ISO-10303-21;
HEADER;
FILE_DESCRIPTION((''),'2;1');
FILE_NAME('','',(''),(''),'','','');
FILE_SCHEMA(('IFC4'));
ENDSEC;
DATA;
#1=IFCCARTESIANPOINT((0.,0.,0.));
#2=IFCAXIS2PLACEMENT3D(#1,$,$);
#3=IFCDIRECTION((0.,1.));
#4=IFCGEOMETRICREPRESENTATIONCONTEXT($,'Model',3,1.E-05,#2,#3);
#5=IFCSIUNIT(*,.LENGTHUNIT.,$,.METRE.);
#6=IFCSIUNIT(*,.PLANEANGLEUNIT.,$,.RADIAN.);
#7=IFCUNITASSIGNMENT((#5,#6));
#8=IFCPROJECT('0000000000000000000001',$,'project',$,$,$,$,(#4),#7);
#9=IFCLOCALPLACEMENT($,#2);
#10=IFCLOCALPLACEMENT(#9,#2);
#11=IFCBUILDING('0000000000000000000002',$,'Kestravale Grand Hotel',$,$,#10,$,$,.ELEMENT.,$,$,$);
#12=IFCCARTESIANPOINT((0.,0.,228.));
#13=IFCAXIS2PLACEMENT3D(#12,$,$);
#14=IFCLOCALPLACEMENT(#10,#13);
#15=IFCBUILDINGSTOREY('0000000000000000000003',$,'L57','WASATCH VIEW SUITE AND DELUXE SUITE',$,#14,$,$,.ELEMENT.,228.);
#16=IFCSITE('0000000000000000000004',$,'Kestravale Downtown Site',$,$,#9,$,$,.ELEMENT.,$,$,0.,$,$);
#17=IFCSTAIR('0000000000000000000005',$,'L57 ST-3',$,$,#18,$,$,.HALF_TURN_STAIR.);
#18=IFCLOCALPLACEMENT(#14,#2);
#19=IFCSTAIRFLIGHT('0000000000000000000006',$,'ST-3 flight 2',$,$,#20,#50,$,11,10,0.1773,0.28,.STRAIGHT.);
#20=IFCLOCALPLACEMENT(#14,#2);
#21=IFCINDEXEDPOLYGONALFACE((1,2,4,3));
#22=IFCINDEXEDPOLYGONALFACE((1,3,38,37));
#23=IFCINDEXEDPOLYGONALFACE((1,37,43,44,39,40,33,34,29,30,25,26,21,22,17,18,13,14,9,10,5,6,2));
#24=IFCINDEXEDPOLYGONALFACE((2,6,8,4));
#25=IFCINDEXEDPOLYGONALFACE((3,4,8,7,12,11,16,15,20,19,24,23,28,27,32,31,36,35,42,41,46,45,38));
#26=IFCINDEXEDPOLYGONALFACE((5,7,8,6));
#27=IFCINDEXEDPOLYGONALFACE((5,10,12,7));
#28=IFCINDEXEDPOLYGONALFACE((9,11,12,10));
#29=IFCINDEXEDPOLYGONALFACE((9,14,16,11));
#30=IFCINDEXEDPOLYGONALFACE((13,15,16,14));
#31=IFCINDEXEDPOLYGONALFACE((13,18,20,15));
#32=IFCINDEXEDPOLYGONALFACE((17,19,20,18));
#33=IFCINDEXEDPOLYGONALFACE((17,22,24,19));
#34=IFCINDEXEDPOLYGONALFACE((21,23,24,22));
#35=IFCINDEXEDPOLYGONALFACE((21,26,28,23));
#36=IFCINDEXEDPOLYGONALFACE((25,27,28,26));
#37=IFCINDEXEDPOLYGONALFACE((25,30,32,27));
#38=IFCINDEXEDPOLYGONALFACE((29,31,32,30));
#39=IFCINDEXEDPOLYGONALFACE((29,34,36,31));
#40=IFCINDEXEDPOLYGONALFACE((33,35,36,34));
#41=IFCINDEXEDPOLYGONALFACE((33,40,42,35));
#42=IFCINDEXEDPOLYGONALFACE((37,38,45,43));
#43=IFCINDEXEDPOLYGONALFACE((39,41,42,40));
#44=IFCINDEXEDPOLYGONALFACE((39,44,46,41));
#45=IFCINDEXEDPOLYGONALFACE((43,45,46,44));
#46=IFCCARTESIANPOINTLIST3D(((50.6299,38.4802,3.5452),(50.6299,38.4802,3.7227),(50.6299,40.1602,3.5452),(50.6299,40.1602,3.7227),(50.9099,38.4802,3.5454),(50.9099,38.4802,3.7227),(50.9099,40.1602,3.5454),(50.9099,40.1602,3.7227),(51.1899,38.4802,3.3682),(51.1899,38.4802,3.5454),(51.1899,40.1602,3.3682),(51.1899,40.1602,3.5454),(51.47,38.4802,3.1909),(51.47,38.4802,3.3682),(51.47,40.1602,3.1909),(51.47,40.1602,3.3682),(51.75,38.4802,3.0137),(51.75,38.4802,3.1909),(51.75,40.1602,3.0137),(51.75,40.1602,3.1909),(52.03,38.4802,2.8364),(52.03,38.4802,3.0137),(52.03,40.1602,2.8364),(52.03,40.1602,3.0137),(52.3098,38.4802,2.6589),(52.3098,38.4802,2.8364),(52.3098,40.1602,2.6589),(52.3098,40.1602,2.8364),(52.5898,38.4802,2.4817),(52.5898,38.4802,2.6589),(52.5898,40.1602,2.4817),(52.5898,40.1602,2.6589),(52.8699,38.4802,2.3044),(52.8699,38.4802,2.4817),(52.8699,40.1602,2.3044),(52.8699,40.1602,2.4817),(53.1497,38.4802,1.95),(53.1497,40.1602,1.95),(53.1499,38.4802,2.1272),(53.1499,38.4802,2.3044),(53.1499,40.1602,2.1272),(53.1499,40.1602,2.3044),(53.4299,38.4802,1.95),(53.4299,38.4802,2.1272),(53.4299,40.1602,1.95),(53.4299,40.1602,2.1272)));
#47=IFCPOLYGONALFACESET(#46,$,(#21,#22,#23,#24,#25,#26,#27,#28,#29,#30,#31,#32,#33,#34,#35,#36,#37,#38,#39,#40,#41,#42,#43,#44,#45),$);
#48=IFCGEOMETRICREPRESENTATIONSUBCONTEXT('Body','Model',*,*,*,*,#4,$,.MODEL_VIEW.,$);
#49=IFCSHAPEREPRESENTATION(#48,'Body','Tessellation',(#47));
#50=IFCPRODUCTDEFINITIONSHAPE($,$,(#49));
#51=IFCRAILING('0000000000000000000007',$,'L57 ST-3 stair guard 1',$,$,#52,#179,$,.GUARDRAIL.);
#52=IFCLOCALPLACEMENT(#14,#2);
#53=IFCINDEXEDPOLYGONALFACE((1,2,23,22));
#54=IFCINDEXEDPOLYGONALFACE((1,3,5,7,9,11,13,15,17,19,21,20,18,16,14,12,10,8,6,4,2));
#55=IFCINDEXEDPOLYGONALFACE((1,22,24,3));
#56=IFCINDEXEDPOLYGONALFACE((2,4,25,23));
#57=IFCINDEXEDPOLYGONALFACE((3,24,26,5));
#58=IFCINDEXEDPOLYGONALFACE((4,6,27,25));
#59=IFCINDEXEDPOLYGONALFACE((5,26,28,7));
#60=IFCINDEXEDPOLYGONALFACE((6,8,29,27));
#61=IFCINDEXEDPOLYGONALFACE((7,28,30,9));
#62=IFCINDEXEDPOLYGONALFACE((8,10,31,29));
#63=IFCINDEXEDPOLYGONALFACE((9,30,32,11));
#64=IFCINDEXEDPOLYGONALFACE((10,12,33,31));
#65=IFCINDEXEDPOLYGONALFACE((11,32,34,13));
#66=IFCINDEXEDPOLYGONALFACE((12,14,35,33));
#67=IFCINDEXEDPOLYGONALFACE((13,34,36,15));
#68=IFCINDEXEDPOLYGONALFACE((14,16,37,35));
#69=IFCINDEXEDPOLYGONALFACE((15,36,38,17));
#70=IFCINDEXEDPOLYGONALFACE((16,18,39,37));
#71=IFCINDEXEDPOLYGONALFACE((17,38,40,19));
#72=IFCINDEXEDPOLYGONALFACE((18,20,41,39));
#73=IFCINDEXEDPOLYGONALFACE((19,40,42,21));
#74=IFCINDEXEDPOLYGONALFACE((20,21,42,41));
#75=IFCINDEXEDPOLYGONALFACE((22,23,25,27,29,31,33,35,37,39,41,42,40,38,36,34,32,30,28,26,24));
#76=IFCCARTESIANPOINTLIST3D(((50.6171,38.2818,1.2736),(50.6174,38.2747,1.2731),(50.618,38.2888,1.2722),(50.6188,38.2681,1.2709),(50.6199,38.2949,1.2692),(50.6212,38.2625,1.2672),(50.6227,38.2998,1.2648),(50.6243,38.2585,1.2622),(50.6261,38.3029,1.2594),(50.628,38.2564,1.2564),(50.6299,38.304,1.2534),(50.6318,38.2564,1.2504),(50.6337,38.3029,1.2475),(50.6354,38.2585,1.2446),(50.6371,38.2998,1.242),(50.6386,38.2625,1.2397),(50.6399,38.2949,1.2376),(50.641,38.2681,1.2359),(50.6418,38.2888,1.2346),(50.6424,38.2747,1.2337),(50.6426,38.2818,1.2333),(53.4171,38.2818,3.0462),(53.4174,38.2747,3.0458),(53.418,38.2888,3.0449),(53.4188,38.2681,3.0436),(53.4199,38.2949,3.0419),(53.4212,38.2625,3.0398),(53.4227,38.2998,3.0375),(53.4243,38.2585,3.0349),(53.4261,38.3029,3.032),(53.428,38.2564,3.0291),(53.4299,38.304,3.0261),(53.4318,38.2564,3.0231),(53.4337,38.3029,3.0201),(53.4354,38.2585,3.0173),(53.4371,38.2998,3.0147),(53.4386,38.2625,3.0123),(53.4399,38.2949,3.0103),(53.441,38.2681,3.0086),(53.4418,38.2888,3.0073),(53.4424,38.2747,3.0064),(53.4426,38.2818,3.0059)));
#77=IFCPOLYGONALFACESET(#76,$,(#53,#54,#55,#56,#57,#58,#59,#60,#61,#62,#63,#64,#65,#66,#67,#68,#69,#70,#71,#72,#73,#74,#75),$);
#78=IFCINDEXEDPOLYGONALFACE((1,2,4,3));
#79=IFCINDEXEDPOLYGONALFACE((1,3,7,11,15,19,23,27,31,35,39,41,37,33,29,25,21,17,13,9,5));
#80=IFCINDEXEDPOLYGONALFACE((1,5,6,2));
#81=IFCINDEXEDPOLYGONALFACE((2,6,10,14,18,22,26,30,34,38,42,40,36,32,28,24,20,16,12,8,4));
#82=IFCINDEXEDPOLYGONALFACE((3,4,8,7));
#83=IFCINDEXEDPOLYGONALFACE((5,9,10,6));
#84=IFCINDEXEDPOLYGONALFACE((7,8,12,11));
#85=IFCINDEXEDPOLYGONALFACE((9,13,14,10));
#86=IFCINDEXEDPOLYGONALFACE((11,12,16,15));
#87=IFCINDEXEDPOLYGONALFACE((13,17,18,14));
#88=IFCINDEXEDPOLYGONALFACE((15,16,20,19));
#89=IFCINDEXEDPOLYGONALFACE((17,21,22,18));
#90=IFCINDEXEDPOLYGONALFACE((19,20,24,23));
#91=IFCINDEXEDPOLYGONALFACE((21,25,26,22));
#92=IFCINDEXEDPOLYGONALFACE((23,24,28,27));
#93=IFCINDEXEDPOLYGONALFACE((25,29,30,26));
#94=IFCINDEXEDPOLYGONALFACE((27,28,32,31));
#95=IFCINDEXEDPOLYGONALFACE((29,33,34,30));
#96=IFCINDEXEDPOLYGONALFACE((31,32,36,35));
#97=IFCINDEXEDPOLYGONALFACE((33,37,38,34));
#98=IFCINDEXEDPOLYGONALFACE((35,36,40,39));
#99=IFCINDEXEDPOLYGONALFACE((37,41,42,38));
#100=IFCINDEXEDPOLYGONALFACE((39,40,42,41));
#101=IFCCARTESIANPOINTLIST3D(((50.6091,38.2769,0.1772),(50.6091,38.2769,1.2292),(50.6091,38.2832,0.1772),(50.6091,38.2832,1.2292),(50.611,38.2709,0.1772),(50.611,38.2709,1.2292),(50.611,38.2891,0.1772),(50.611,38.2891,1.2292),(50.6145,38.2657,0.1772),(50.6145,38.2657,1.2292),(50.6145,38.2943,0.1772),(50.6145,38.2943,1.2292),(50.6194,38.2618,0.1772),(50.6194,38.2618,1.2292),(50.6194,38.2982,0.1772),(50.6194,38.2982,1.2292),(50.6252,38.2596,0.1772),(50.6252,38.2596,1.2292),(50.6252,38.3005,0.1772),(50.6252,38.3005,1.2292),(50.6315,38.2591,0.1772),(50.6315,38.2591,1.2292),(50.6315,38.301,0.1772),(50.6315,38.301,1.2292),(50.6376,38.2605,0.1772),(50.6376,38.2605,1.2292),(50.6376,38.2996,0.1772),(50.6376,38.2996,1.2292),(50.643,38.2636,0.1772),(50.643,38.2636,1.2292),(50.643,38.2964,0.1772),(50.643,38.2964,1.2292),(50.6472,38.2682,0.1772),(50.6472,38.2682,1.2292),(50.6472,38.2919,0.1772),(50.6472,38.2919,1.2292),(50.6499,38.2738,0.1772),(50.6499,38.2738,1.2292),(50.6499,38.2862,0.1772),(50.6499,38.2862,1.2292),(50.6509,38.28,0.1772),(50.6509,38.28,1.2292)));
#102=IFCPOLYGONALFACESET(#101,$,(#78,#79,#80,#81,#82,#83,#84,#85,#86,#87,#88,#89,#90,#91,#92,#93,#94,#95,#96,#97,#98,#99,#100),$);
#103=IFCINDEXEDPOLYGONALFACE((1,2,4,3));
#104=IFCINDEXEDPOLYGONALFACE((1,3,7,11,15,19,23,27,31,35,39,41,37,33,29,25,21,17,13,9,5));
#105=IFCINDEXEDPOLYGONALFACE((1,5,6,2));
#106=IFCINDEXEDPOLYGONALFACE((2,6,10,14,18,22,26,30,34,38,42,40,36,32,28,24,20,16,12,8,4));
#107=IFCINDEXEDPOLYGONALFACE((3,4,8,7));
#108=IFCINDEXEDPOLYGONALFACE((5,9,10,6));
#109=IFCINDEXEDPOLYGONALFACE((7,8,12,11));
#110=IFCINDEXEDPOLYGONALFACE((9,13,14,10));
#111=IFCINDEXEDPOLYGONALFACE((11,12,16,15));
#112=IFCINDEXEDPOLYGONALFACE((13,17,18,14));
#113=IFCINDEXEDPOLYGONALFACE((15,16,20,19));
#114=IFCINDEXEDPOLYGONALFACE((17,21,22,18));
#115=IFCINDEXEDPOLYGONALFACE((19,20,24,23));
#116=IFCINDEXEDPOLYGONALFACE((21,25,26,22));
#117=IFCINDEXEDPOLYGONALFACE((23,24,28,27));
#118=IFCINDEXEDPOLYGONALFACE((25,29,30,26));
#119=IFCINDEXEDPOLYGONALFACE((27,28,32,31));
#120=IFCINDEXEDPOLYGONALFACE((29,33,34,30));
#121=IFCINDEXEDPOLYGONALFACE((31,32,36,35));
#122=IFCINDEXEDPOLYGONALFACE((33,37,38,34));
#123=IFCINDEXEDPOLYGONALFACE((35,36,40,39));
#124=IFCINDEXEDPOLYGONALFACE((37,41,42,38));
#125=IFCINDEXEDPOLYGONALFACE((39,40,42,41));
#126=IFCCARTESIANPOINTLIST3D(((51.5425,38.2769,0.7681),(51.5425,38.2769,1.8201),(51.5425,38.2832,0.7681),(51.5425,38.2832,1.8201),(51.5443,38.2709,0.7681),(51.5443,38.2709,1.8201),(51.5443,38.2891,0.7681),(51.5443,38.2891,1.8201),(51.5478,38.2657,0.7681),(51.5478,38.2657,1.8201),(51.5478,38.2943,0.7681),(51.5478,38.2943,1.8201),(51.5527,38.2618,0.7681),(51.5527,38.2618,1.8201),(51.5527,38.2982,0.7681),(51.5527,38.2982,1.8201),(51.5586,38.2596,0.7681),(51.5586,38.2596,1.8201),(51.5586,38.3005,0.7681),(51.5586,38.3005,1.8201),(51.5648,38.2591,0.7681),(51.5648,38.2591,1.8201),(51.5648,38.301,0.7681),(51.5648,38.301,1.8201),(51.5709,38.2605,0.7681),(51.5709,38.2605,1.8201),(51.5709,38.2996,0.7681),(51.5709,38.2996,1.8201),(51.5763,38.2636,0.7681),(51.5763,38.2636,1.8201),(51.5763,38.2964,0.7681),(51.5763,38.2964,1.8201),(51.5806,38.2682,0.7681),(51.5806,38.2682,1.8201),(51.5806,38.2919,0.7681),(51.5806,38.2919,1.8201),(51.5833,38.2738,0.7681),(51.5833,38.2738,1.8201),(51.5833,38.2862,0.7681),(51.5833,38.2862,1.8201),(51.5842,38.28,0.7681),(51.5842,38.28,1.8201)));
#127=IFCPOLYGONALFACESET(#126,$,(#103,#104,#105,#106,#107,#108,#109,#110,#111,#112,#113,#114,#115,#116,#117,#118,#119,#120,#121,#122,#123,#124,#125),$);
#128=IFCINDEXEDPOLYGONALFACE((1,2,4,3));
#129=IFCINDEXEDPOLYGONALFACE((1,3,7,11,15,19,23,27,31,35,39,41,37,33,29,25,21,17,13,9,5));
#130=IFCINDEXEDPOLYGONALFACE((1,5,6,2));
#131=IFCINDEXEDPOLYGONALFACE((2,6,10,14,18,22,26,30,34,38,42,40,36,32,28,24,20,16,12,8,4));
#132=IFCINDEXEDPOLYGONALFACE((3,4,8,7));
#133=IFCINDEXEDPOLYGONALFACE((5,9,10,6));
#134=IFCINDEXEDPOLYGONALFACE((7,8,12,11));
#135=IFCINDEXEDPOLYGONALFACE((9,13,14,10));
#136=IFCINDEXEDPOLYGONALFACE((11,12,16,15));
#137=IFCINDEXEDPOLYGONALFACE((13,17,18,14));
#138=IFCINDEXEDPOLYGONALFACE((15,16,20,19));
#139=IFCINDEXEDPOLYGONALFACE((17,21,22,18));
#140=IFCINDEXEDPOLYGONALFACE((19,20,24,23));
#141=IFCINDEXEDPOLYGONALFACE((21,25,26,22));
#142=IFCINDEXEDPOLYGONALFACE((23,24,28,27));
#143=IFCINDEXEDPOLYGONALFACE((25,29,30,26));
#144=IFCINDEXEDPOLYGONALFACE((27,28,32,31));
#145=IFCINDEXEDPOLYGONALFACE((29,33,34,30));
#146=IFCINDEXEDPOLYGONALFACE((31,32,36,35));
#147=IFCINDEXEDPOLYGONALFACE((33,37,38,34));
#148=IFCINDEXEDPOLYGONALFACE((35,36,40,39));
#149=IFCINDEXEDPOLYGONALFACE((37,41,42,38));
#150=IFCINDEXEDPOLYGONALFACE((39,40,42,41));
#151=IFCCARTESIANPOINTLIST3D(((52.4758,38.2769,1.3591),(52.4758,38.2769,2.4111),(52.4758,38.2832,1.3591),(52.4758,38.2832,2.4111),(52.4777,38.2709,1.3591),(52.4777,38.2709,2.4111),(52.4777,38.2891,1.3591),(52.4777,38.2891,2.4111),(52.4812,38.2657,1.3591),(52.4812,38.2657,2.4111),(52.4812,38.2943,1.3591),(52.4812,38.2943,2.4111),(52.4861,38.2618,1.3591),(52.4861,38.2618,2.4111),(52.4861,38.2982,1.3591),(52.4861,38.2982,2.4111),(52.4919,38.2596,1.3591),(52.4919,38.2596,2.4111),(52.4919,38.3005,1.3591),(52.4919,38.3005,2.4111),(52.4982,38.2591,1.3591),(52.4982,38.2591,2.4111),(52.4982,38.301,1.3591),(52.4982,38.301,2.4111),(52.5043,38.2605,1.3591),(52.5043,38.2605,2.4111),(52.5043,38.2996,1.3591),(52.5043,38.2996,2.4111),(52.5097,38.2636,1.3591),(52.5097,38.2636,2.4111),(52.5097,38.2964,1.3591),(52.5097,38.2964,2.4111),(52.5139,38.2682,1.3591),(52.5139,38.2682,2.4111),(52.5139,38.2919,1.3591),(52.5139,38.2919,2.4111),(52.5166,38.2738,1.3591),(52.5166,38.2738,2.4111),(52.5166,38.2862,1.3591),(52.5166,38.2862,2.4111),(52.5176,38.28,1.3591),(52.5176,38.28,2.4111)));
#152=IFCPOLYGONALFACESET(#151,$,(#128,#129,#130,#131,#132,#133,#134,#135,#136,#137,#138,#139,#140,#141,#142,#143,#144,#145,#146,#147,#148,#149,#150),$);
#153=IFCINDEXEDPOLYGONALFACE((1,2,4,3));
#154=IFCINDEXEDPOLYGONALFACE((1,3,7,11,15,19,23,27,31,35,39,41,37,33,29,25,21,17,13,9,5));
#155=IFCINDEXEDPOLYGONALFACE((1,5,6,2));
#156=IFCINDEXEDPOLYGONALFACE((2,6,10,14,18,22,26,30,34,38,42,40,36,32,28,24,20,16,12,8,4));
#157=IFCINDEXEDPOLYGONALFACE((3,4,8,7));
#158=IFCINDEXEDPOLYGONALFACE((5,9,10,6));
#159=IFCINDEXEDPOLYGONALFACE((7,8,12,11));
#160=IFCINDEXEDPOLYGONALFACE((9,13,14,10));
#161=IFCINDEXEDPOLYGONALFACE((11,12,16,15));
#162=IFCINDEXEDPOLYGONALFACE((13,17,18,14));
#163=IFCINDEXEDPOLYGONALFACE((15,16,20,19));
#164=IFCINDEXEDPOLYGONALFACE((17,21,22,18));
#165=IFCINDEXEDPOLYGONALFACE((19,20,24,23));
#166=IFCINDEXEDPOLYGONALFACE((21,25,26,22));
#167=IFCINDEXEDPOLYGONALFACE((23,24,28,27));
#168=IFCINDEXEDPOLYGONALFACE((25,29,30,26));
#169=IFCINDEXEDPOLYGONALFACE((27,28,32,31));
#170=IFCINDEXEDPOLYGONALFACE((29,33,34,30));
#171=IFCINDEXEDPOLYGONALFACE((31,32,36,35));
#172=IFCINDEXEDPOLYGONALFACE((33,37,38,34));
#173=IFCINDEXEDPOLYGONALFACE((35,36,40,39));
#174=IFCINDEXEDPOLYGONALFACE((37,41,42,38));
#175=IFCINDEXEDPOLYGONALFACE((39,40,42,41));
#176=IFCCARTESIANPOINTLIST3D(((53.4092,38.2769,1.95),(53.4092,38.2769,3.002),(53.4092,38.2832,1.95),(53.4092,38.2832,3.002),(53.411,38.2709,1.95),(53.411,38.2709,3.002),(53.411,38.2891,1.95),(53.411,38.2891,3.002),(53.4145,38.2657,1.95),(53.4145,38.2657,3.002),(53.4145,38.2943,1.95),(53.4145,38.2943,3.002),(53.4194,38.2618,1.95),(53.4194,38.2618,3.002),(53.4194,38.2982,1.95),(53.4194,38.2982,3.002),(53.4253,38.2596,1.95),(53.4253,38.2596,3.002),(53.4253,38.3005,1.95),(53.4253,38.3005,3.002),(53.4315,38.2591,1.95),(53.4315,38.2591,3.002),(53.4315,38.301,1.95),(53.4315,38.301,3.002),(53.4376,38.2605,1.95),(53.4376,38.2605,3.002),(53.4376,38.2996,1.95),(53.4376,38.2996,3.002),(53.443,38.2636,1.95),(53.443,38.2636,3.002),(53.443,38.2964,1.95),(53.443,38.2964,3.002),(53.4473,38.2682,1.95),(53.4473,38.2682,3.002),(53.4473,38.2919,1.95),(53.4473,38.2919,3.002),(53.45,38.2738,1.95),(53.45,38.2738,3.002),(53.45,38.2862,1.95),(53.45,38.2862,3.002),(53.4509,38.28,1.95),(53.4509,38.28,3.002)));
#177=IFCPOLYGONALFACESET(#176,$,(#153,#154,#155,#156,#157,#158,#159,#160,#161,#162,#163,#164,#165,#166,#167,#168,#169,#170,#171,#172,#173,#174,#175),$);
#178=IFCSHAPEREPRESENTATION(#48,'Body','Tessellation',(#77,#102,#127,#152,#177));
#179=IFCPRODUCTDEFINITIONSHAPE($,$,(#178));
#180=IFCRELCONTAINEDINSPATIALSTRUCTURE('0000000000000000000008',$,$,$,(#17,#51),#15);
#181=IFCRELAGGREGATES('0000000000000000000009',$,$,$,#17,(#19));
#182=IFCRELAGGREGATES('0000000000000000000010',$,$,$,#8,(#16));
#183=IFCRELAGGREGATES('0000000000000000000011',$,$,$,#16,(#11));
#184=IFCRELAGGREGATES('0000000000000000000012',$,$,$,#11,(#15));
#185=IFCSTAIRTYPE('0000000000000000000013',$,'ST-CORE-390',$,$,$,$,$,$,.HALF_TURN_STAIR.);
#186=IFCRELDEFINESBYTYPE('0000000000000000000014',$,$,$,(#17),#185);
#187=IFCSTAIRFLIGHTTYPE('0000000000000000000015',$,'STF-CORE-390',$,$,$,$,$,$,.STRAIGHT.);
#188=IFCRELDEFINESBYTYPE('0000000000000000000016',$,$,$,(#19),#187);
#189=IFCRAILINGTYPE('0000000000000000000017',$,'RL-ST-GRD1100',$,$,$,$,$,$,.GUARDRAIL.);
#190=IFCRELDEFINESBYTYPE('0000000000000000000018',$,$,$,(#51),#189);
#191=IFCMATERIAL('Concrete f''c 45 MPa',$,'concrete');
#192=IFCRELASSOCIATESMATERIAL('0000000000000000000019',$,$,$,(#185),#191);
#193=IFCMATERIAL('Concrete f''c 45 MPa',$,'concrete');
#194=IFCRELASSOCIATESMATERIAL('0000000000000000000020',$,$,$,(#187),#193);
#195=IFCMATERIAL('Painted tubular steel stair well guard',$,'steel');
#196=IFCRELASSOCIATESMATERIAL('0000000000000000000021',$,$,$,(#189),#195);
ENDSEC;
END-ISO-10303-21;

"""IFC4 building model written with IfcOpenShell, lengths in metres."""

from ifc_helpers import new_model, si_unit, direction, frame, origin, origin_2d, place, context, subcontext, project, spatial, polyline, circle, outline, extrude, material, type_object, element, aggregate, save


model = new_model("IFC4")

# Units and contexts
model_context = context("Model", 3, precision=1e-05, world=origin(), true_north=direction((0.0, 1.0)))
body_context = subcontext(model_context, "Body", "Model", "MODEL_VIEW")
ifc_project = project(units=[si_unit("LENGTHUNIT", "METRE"), si_unit("PLANEANGLEUNIT", "RADIAN")], contexts=[model_context])

# Site, building, storey
site_placement = place(None, origin())
site = spatial("IfcSite", under=ifc_project, at=site_placement, Name="Kestravale Downtown Site", CompositionType="ELEMENT", RefElevation=0.0)
building_placement = place(site_placement, origin())
building = spatial("IfcBuilding", under=site, at=building_placement, Name="Kestravale Grand Hotel", CompositionType="ELEMENT")
storey_placement = place(building_placement, frame((0.0, 0.0, 228.0)))
storey = spatial("IfcBuildingStorey", under=building, at=storey_placement, Name="L57", Description="WASATCH VIEW SUITE AND DELUXE SUITE", CompositionType="ELEMENT", Elevation=228.0)

# Stair, stair flight
ifc_material_1 = material(Name="Concrete f'c 45 MPa", Category="concrete")
stair_type = type_object("IfcStairType", Name="ST-CORE-390", PredefinedType="HALF_TURN_STAIR", material=ifc_material_1)
stair_placement = place(storey_placement, origin())
stair = element("IfcStair", 1, at=stair_placement, inside=storey, type_object=stair_type, Name="L57 ST-3", PredefinedType="HALF_TURN_STAIR")
ifc_material_2 = material(Name="Concrete f'c 45 MPa", Category="concrete")
stair_flight_type = type_object("IfcStairFlightType", Name="STF-CORE-390", PredefinedType="STRAIGHT", material=ifc_material_2)
stair_flight_1_placement = place(storey_placement, frame((53.4299, 39.3201, 1.95), z_axis=(0.0, 0.0, 1.0), x_axis=(-1.0, 0.0, 0.0)))
stair_flight_1 = element("IfcStairFlight", 2, at=stair_flight_1_placement, type_object=stair_flight_type, Name="ST-3 flight 2", NumberOfRisers=11, NumberOfTreads=10, PredefinedType="STRAIGHT", RiserHeight=0.1773, TreadLength=0.28, context=body_context, shape_type="SweptSolid", body=[
    extrude(outline(polyline([(0.0, 0.0), (0.0, 0.1772), (0.28, 0.1772), (0.28, 0.3545), (0.5601, 0.3545), (0.5601, 0.5317), (0.8401, 0.5317), (0.8401, 0.709), (1.1201, 0.709), (1.1201, 0.8865), (1.3999, 0.8865), (1.3999, 1.0637), (1.6799, 1.0637), (1.6799, 1.241), (1.96, 1.241), (1.96, 1.4182), (2.24, 1.4182), (2.24, 1.5955), (2.52, 1.5955), (2.52, 1.7727), (2.8, 1.7727), (2.8, 1.95), (2.8, 1.5952), (0.2803, 0.0), (0.0, 0.0)])), frame((0.0, 0.8398, 0.0), z_axis=(0.0, -1.0, 0.0), x_axis=(1.0, 0.0, 0.0)), (0.0, 0.0, 1.0), 1.6799),
])
aggregate(stair, [stair_flight_1])

# Railing
ifc_material_3 = material(Name="Painted tubular steel stair well guard", Category="steel")
railing_type_1 = type_object("IfcRailingType", Name="RL-ST-GRD1100", PredefinedType="GUARDRAIL", material=ifc_material_3)
railing_1_placement = place(storey_placement, frame((50.6299, 38.28, 0.1772)))
element("IfcRailing", 3, at=railing_1_placement, inside=storey, type_object=railing_type_1, Name="L57 ST-3 stair guard 1", PredefinedType="GUARDRAIL", context=body_context, shape_type="SweptSolid", body=[
    extrude(circle(Radius=0.0239, at=origin_2d()), frame((0.0, 0.0, 1.0762), z_axis=(0.844909, 0.0, 0.53491), x_axis=(0.0, 1.0, 0.0)), (0.0, 0.0, 1.0), 3.314),
    extrude(circle(Radius=0.021, at=origin_2d()), origin(), (0.0, 0.0, 1.0), 1.052),
    extrude(circle(Radius=0.021, at=origin_2d()), frame((0.9333, 0.0, 0.5908)), (0.0, 0.0, 1.0), 1.052),
    extrude(circle(Radius=0.021, at=origin_2d()), frame((1.8667, 0.0, 1.1819)), (0.0, 0.0, 1.0), 1.052),
    extrude(circle(Radius=0.021, at=origin_2d()), frame((2.8, 0.0, 1.7727)), (0.0, 0.0, 1.0), 1.052),
])

save(model, "model.ifc")
